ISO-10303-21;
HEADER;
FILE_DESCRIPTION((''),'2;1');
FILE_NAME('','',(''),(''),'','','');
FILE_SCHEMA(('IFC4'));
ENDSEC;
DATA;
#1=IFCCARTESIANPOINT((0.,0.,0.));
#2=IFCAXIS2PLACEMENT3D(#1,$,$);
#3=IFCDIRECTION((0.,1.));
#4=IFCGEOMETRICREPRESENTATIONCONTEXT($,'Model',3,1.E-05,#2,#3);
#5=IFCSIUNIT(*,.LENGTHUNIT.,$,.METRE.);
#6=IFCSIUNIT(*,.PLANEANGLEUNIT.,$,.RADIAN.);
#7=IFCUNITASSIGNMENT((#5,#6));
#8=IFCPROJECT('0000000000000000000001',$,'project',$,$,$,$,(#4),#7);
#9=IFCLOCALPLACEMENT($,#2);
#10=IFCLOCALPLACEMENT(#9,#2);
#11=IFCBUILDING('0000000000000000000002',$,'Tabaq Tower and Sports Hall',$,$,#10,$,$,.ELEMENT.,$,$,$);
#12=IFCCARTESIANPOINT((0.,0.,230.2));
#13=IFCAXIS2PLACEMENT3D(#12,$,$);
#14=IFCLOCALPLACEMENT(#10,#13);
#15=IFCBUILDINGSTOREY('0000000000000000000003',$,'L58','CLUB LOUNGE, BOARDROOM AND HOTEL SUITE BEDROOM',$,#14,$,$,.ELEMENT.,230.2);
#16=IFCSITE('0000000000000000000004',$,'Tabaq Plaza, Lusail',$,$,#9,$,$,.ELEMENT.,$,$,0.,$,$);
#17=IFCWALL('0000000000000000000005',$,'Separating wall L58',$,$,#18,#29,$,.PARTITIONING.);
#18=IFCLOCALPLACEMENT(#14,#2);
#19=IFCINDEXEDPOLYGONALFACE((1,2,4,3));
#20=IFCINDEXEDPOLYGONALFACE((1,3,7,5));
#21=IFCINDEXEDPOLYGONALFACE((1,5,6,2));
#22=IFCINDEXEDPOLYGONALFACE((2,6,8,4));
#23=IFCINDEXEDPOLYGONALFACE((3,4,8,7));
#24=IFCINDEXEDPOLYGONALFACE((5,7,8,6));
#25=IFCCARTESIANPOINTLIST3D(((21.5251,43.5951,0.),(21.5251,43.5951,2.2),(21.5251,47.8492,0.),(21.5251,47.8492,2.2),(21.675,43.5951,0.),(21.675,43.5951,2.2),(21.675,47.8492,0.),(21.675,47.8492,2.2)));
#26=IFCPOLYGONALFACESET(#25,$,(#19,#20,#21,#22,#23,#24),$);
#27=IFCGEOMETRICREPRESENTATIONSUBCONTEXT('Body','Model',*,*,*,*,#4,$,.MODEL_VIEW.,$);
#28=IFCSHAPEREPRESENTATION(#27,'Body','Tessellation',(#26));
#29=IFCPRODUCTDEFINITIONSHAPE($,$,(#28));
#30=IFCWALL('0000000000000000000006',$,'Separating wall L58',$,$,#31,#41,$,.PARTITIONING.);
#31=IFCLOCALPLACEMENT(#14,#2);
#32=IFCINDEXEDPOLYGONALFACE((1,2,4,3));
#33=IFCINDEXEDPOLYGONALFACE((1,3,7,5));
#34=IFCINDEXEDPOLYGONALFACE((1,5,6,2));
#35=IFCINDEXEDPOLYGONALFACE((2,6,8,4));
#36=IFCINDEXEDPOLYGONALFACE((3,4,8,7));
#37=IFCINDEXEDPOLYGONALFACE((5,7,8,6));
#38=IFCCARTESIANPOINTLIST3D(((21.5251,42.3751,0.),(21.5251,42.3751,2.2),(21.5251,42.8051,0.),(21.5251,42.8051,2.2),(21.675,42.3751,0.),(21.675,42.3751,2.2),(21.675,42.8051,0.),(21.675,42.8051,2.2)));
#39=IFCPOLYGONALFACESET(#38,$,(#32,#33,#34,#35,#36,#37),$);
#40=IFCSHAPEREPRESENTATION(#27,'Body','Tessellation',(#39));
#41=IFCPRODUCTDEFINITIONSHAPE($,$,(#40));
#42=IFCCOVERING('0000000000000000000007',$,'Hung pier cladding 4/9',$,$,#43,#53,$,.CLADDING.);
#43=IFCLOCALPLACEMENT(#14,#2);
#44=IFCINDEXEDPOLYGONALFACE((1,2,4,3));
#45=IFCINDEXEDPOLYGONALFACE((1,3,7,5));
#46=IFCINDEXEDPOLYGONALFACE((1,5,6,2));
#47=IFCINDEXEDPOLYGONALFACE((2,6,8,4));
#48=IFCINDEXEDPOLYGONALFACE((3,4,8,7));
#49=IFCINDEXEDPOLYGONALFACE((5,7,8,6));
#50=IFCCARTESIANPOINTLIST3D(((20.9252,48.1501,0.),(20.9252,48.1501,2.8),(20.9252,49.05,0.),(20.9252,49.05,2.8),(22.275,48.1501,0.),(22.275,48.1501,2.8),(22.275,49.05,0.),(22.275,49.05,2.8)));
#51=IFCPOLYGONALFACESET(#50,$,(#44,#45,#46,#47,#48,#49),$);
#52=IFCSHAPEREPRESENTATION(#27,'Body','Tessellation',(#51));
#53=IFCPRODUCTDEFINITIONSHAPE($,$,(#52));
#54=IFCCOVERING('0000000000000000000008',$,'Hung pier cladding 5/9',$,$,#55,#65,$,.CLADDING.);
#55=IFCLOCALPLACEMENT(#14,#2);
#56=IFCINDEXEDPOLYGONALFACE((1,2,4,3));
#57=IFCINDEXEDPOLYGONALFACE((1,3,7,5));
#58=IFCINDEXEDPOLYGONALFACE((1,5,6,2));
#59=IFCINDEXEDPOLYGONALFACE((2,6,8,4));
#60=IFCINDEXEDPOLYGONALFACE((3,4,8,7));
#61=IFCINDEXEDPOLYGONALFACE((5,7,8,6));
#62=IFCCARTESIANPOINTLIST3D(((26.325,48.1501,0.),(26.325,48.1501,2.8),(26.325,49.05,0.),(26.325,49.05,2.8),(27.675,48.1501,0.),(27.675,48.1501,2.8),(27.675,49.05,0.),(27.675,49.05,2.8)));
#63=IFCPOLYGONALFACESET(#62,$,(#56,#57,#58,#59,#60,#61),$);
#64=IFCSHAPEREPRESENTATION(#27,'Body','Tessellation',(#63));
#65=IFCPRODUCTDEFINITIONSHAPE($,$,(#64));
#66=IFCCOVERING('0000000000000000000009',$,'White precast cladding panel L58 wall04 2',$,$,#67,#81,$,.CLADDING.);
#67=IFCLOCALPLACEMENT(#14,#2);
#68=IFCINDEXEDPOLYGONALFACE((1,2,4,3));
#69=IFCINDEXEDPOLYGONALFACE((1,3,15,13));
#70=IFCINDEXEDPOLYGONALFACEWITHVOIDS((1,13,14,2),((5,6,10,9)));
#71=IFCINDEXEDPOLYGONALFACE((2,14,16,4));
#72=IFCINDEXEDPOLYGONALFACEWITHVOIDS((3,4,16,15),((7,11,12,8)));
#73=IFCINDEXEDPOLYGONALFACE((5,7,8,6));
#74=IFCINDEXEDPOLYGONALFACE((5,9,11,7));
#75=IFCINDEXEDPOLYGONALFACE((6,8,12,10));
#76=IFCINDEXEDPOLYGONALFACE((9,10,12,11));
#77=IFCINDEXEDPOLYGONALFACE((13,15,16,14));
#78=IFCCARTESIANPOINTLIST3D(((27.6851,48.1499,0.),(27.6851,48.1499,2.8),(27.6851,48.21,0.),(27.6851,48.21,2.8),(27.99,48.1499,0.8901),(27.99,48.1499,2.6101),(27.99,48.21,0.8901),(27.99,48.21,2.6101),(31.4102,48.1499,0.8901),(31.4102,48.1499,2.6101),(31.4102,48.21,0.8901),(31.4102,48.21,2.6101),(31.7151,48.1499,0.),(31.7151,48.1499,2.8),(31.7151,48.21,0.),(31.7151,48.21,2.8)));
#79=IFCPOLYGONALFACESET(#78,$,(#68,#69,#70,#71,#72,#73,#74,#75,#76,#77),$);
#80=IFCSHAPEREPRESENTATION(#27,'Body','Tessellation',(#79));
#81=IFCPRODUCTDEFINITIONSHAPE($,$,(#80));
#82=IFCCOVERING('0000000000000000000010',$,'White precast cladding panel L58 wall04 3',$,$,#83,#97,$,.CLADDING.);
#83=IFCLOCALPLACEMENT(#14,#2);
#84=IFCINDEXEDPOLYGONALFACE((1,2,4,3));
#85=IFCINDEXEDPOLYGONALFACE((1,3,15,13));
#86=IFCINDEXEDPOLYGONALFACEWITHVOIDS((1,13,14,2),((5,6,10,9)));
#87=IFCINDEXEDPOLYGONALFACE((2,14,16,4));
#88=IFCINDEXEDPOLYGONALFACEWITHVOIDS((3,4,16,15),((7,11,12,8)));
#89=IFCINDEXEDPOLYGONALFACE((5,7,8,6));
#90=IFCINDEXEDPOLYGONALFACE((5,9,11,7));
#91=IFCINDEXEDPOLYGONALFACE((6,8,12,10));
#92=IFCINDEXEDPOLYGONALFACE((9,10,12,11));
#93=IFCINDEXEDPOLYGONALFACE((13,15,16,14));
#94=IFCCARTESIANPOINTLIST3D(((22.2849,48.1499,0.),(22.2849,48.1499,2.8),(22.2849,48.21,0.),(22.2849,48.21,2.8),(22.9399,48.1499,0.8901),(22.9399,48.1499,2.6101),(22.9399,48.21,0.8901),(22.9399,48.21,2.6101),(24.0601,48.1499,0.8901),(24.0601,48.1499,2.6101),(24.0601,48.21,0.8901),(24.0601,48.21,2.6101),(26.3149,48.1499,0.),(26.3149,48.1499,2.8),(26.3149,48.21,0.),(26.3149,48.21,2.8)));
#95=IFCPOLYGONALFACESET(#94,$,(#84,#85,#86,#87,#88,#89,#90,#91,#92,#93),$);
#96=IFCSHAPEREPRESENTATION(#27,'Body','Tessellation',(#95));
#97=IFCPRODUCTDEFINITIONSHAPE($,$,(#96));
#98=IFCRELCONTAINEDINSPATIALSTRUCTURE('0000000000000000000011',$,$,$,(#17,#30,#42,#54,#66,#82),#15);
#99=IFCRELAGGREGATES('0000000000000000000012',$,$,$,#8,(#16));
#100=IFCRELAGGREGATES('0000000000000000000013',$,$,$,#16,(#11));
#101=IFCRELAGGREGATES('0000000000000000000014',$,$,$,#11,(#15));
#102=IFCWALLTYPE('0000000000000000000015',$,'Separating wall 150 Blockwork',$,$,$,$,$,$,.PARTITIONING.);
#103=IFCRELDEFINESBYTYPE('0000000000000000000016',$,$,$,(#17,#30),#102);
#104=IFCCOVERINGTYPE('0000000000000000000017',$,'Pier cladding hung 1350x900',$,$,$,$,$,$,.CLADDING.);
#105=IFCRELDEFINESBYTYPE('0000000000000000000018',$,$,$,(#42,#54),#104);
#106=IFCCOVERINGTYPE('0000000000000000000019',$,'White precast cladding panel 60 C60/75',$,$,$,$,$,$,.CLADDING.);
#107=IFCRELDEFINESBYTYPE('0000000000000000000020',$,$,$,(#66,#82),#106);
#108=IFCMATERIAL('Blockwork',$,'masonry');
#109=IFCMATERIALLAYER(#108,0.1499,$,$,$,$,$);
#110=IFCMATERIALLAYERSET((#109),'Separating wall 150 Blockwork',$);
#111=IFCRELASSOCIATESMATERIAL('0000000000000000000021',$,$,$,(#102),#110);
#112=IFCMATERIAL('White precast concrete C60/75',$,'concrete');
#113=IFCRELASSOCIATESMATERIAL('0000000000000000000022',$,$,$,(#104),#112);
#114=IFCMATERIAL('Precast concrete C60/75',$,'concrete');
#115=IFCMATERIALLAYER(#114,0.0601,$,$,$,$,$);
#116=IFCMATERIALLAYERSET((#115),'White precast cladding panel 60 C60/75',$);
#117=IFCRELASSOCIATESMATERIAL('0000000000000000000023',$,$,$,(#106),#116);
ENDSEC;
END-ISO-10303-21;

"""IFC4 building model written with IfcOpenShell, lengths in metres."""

from ifc_helpers import new_model, si_unit, direction, frame, frame_2d, origin, place, context, subcontext, project, spatial, polyline, rectangle, outline, extrude, material, layer, layer_set, type_object, element, save


model = new_model("IFC4")

# Units and contexts
model_context = context("Model", 3, precision=1e-05, world=origin(), true_north=direction((0.0, 1.0)))
body_context = subcontext(model_context, "Body", "Model", "MODEL_VIEW")
ifc_project = project(units=[si_unit("LENGTHUNIT", "METRE"), si_unit("PLANEANGLEUNIT", "RADIAN")], contexts=[model_context])

# Site, building, storey
site_placement = place(None, origin())
site = spatial("IfcSite", under=ifc_project, at=site_placement, Name="Tabaq Plaza, Lusail", CompositionType="ELEMENT", RefElevation=0.0)
building_placement = place(site_placement, origin())
building = spatial("IfcBuilding", under=site, at=building_placement, Name="Tabaq Tower and Sports Hall", CompositionType="ELEMENT")
storey_placement = place(building_placement, frame((0.0, 0.0, 230.2)))
storey = spatial("IfcBuildingStorey", under=building, at=storey_placement, Name="L58", Description="CLUB LOUNGE, BOARDROOM AND HOTEL SUITE BEDROOM", CompositionType="ELEMENT", Elevation=230.2)

# Walls
ifc_material_1 = material(Name="Blockwork", Category="masonry")
ifc_layer_1 = layer(ifc_material_1, 0.1499)
ifc_layer_set_1 = layer_set([ifc_layer_1], Name="Separating wall 150 Blockwork")
wall_type_1 = type_object("IfcWallType", Name="Separating wall 150 Blockwork", PredefinedType="PARTITIONING", material=ifc_layer_set_1)
wall_1_placement = place(storey_placement, frame((21.6001, 47.8491, 0.0), z_axis=(0.0, 0.0, 1.0), x_axis=(0.0, -1.0, 0.0)))
element("IfcWall", 1, at=wall_1_placement, inside=storey, type_object=wall_type_1, Name="Separating wall L58", PredefinedType="PARTITIONING", context=body_context, shape_type="SweptSolid", body=[
    extrude(rectangle(XDim=4.2542, YDim=0.1499, at=frame_2d((2.127, 0.0))), origin(), (0.0, 0.0, 1.0), 2.2),
])
wall_2_placement = place(storey_placement, frame((21.6001, 42.8049, 0.0), z_axis=(0.0, 0.0, 1.0), x_axis=(0.0, -1.0, 0.0)))
element("IfcWall", 2, at=wall_2_placement, inside=storey, type_object=wall_type_1, Name="Separating wall L58", PredefinedType="PARTITIONING", context=body_context, shape_type="SweptSolid", body=[
    extrude(rectangle(XDim=0.4299, YDim=0.1499, at=frame_2d((0.2148, 0.0))), origin(), (0.0, 0.0, 1.0), 2.2),
])

# Coverings
ifc_material_2 = material(Name="White precast concrete C60/75", Category="concrete")
covering_type_1 = type_object("IfcCoveringType", Name="Pier cladding hung 1350x900", PredefinedType="CLADDING", material=ifc_material_2)
covering_1_placement = place(storey_placement, frame((22.2749, 48.6001, 0.0), z_axis=(0.0, 0.0, 1.0), x_axis=(-1.0, 0.0, 0.0)))
element("IfcCovering", 3, at=covering_1_placement, inside=storey, type_object=covering_type_1, Name="Hung pier cladding 4/9", PredefinedType="CLADDING", context=body_context, shape_type="SweptSolid", body=[
    extrude(rectangle(XDim=1.3499, YDim=0.8999, at=frame_2d((0.6748, 0.0))), origin(), (0.0, 0.0, 1.0), 2.8),
])
covering_2_placement = place(storey_placement, frame((27.675, 48.6001, 0.0), z_axis=(0.0, 0.0, 1.0), x_axis=(-1.0, 0.0, 0.0)))
element("IfcCovering", 4, at=covering_2_placement, inside=storey, type_object=covering_type_1, Name="Hung pier cladding 5/9", PredefinedType="CLADDING", context=body_context, shape_type="SweptSolid", body=[
    extrude(rectangle(XDim=1.3501, YDim=0.8999, at=frame_2d((0.675, 0.0))), origin(), (0.0, 0.0, 1.0), 2.8),
])
ifc_material_3 = material(Name="Precast concrete C60/75", Category="concrete")
ifc_layer_2 = layer(ifc_material_3, 0.0601)
ifc_layer_set_2 = layer_set([ifc_layer_2], Name="White precast cladding panel 60 C60/75")
covering_type_2 = type_object("IfcCoveringType", Name="White precast cladding panel 60 C60/75", PredefinedType="CLADDING", material=ifc_layer_set_2)
covering_3_placement = place(storey_placement, frame((31.7151, 48.1799, 0.0), z_axis=(0.0, 0.0, 1.0), x_axis=(-1.0, 0.0, 0.0)))
element("IfcCovering", 5, at=covering_3_placement, inside=storey, type_object=covering_type_2, Name="White precast cladding panel L58 wall04 2", PredefinedType="CLADDING", context=body_context, shape_type="SweptSolid", body=[
    extrude(outline(polyline([(0.0, 0.0), (4.03, 0.0), (4.03, 2.8), (0.0, 2.8), (0.0, 0.0)]), holes=[polyline([(0.3049, 0.8901), (0.3049, 2.6101), (3.7251, 2.6101), (3.7251, 0.8901), (0.3049, 0.8901)])]), frame((0.0, 0.03, 0.0), z_axis=(0.0, -1.0, 0.0), x_axis=(1.0, 0.0, 0.0)), (0.0, 0.0, 1.0), 0.0601),
])
covering_4_placement = place(storey_placement, frame((26.3149, 48.1799, 0.0), z_axis=(0.0, 0.0, 1.0), x_axis=(-1.0, 0.0, 0.0)))
element("IfcCovering", 6, at=covering_4_placement, inside=storey, type_object=covering_type_2, Name="White precast cladding panel L58 wall04 3", PredefinedType="CLADDING", context=body_context, shape_type="SweptSolid", body=[
    extrude(outline(polyline([(0.0, 0.0), (4.03, 0.0), (4.03, 2.8), (0.0, 2.8), (0.0, 0.0)]), holes=[polyline([(2.2549, 0.8901), (2.2549, 2.6101), (3.375, 2.6101), (3.375, 0.8901), (2.2549, 0.8901)])]), frame((0.0, 0.03, 0.0), z_axis=(0.0, -1.0, 0.0), x_axis=(1.0, 0.0, 0.0)), (0.0, 0.0, 1.0), 0.0601),
])

save(model, "model.ifc")
